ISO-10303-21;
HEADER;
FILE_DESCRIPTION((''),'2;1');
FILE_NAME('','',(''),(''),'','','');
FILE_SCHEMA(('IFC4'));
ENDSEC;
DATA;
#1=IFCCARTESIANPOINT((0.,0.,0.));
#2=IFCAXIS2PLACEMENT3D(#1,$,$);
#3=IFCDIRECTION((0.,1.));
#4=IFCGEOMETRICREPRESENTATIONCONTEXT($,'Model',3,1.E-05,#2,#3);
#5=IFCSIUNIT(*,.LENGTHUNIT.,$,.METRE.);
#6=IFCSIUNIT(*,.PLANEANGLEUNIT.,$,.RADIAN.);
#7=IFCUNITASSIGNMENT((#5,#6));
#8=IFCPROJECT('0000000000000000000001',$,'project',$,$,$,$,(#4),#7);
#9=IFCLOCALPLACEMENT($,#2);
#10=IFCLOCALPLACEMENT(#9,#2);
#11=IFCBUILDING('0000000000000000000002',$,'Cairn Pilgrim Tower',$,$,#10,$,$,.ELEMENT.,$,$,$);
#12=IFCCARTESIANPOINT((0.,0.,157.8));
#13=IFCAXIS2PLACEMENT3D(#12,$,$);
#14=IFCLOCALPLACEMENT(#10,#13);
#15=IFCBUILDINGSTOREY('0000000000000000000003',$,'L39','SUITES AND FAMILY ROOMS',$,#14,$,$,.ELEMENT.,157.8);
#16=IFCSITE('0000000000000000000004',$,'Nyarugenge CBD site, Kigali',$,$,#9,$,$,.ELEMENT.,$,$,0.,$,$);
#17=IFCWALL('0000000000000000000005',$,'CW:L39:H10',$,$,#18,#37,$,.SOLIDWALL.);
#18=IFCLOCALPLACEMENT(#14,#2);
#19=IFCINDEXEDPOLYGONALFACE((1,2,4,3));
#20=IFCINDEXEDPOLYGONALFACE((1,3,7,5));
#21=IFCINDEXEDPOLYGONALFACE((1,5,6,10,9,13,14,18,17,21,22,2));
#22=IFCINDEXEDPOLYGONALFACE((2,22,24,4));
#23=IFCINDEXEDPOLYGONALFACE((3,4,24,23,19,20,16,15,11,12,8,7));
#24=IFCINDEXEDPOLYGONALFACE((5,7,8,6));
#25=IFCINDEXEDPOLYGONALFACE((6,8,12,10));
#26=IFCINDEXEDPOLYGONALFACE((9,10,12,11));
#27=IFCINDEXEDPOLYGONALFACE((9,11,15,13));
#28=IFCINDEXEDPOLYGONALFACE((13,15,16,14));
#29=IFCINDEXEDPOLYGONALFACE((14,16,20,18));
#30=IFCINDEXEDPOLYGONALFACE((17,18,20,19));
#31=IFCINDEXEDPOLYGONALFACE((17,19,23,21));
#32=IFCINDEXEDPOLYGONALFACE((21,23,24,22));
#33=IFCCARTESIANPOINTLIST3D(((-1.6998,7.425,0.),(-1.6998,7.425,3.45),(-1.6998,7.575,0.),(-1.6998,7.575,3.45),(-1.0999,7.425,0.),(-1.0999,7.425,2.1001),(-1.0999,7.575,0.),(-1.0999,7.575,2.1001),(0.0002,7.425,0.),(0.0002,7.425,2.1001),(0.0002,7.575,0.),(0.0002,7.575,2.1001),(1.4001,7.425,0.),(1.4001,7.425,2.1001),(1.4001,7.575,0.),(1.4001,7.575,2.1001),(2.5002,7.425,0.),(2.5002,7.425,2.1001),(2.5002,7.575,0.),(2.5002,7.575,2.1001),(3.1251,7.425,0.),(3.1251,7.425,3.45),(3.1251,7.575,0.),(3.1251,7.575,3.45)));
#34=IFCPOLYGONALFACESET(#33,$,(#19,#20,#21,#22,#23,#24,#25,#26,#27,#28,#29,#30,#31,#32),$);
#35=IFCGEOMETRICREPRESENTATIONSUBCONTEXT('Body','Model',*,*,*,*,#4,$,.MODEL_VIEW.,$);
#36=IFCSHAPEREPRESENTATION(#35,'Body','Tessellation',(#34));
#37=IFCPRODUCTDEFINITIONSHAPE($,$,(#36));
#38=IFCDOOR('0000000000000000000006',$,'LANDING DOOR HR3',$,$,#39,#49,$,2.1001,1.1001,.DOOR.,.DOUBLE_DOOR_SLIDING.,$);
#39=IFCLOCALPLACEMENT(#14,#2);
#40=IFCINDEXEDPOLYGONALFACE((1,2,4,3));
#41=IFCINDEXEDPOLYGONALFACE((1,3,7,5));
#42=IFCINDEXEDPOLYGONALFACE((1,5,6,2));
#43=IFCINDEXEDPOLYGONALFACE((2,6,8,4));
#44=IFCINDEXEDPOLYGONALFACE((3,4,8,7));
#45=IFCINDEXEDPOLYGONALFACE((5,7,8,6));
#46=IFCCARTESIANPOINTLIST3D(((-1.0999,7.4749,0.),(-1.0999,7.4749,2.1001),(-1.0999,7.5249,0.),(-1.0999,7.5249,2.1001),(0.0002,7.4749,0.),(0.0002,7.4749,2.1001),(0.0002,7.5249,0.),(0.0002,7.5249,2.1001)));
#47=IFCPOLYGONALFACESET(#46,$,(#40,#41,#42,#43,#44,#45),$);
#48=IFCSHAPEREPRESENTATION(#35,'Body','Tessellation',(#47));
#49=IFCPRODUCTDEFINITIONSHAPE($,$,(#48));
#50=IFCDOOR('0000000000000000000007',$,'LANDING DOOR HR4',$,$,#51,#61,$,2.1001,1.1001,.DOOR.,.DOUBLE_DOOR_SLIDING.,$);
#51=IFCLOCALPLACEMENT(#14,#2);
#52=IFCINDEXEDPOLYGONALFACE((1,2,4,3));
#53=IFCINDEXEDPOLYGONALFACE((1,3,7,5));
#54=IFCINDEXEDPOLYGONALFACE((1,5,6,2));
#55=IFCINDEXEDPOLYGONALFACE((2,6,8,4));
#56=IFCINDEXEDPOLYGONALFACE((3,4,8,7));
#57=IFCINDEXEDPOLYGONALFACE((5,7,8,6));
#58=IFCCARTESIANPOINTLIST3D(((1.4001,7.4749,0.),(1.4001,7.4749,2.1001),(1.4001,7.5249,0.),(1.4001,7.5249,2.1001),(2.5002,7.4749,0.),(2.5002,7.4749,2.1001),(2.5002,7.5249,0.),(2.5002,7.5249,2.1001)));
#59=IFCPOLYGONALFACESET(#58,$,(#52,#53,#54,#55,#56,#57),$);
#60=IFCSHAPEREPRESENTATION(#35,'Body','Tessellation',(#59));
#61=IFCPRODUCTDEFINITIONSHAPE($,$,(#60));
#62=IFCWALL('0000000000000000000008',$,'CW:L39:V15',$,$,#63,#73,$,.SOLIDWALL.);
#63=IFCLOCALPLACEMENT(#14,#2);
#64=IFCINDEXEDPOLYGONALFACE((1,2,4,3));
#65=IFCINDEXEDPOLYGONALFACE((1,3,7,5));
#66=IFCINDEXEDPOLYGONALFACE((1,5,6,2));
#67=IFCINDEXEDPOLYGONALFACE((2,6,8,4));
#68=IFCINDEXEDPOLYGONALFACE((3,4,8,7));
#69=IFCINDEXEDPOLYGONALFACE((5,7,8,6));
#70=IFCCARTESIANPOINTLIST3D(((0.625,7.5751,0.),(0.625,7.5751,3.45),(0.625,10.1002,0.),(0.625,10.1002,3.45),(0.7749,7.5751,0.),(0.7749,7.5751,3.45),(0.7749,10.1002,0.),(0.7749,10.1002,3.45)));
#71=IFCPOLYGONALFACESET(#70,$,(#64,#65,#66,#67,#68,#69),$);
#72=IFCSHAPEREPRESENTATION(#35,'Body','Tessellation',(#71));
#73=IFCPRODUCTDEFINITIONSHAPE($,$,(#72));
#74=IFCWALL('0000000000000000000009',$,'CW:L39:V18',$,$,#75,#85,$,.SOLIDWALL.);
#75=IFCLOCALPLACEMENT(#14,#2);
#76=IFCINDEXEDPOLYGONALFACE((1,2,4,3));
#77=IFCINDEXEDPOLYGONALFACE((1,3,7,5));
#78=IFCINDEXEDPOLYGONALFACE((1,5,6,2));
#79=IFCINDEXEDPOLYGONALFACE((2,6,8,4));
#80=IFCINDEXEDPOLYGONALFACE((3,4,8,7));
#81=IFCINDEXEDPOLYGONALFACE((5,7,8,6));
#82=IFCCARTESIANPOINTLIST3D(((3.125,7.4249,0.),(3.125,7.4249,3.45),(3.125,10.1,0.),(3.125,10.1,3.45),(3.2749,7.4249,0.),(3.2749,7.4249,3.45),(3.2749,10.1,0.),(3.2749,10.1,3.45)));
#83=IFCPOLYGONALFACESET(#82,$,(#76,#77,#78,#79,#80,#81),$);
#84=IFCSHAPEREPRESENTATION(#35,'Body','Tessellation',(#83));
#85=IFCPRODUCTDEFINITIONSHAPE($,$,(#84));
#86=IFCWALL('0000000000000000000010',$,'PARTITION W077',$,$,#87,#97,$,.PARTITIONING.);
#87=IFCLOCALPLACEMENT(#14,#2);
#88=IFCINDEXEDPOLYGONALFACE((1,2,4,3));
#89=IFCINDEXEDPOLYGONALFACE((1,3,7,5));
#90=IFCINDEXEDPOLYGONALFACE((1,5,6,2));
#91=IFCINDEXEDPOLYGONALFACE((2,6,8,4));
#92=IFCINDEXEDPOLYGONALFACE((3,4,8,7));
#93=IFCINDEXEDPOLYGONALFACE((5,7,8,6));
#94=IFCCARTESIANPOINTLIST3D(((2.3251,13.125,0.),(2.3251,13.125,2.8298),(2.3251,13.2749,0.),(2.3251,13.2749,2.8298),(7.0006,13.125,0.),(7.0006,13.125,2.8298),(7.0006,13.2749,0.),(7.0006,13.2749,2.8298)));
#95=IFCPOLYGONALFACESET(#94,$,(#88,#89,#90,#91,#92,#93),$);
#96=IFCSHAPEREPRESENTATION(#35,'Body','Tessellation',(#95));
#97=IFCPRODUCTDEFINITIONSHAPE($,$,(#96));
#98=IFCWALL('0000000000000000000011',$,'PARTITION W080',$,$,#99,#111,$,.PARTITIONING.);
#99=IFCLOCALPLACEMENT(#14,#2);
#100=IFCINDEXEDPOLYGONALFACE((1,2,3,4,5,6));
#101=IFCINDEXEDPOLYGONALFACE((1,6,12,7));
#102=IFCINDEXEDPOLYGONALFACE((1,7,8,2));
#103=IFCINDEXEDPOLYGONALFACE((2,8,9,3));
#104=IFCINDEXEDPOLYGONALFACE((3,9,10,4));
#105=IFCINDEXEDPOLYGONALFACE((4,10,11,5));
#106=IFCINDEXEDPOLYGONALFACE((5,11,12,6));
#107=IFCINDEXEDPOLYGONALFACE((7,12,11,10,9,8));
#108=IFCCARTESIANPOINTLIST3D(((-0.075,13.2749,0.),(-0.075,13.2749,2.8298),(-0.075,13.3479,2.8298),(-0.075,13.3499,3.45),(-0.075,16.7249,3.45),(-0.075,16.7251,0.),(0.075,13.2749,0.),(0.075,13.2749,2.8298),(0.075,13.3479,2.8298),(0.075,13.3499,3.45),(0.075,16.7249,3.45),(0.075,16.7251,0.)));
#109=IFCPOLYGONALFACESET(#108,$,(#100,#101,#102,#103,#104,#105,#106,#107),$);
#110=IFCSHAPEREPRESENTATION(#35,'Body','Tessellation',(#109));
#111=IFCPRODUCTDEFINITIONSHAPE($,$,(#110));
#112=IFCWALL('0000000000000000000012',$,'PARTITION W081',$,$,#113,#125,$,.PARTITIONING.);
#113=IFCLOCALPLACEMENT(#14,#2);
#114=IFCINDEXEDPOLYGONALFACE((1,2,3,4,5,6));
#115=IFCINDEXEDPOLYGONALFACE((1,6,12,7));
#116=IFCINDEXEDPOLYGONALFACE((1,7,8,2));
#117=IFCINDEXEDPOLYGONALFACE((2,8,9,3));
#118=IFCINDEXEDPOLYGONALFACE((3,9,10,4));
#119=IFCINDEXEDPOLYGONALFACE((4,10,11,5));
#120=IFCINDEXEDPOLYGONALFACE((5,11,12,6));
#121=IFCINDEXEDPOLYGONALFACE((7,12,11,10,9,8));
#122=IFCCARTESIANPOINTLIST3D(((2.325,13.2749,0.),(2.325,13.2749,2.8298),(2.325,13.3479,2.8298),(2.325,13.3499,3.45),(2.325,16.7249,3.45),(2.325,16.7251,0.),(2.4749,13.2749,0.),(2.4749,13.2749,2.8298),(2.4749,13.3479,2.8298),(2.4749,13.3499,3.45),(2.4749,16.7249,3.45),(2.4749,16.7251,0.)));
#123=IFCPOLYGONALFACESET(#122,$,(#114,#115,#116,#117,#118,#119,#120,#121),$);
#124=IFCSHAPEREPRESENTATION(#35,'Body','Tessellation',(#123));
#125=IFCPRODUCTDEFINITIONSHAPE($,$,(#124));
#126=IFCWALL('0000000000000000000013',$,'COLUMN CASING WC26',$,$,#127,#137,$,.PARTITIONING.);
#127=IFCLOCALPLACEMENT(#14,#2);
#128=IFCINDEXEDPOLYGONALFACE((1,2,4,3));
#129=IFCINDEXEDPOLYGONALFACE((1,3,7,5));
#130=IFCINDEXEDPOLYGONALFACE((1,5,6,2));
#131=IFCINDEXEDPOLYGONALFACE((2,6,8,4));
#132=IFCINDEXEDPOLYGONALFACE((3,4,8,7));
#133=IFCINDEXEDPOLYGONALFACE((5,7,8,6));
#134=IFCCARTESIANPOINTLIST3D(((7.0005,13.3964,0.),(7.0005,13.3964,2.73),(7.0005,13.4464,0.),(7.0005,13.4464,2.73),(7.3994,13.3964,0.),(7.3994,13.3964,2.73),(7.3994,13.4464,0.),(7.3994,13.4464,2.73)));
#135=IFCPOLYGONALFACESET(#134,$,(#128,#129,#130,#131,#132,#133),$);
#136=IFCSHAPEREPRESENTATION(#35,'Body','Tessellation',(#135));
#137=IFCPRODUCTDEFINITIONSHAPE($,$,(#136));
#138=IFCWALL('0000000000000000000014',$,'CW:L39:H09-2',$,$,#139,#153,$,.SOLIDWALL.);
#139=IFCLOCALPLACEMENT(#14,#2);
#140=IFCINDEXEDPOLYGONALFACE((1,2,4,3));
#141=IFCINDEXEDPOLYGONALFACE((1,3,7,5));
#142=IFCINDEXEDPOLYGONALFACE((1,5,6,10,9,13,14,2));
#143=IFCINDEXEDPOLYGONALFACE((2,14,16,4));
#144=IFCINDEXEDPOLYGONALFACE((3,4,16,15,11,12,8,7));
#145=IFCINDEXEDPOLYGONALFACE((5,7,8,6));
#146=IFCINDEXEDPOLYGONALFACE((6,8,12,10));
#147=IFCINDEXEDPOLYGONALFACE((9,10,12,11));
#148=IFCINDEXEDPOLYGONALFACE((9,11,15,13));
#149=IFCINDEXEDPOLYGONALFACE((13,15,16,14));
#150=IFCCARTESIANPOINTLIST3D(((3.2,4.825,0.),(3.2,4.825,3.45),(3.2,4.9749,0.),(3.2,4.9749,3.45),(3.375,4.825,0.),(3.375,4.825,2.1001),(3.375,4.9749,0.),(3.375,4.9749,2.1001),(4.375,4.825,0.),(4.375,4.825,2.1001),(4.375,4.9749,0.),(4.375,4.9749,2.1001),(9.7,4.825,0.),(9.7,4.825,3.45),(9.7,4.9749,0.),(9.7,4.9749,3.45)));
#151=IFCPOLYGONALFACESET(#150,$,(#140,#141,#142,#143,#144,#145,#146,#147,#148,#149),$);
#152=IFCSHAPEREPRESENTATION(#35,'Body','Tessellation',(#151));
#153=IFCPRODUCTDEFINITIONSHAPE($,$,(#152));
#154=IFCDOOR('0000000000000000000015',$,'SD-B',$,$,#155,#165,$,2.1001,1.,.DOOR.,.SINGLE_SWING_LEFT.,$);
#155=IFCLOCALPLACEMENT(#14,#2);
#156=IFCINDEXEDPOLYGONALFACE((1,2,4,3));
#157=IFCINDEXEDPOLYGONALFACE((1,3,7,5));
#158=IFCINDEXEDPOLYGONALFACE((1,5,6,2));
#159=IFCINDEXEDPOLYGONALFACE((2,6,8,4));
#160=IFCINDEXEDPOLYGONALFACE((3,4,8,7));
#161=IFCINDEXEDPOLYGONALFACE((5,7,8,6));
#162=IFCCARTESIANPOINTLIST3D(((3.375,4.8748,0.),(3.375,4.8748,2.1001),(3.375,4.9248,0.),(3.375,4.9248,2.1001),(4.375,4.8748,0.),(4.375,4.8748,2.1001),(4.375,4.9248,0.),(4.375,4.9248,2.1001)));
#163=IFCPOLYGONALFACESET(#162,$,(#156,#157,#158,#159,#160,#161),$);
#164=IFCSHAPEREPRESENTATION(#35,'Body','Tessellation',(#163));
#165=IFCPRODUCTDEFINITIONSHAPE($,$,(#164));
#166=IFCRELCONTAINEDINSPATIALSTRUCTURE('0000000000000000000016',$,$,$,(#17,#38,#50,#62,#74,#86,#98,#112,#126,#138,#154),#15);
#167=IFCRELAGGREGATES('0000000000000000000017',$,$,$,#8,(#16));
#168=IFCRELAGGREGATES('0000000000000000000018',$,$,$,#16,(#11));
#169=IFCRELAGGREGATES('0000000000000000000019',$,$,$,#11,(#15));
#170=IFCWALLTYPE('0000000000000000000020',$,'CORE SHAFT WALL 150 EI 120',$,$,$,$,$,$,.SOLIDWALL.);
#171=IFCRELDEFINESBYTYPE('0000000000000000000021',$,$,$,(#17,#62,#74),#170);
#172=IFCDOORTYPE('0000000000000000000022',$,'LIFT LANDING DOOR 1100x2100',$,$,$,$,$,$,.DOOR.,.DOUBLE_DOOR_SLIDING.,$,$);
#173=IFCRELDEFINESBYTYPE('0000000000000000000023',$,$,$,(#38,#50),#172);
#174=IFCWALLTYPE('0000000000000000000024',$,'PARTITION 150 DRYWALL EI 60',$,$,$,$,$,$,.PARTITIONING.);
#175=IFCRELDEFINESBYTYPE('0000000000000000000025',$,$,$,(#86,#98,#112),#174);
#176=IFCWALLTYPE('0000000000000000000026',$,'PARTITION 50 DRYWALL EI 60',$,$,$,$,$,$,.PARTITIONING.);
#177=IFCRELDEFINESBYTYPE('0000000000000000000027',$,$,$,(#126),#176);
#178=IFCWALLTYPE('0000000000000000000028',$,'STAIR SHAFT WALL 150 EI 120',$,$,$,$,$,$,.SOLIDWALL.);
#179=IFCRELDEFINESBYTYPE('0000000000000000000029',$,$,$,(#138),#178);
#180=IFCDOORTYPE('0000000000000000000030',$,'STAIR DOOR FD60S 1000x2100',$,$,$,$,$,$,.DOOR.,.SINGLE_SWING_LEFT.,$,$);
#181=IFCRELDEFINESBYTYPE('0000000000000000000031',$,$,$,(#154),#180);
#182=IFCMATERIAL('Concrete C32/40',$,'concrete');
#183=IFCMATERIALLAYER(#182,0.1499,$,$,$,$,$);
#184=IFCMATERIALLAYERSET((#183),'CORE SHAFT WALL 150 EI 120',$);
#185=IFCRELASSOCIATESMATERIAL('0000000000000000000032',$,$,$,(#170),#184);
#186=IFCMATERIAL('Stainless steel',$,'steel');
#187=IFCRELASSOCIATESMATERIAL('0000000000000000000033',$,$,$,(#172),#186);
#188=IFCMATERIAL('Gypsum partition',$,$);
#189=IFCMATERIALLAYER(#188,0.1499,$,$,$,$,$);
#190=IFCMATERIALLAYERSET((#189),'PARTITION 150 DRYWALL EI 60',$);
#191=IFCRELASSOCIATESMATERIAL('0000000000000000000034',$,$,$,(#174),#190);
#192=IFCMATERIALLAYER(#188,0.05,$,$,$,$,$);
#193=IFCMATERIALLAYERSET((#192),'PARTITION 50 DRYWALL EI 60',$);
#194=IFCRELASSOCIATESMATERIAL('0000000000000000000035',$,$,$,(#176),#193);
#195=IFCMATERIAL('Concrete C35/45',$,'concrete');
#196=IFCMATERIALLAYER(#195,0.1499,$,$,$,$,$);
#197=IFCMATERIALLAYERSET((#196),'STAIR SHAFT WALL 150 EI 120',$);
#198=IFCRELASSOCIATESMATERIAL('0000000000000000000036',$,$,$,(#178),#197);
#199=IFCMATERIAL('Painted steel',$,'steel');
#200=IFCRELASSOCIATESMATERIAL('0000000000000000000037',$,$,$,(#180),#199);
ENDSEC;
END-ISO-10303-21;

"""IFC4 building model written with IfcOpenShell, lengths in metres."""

from ifc_helpers import new_model, si_unit, direction, frame, frame_2d, origin, place, context, subcontext, project, spatial, polyline, rectangle, outline, extrude, material, layer, layer_set, type_object, element, fill, save


model = new_model("IFC4")

# Units and contexts
model_context = context("Model", 3, precision=1e-05, world=origin(), true_north=direction((0.0, 1.0)))
body_context = subcontext(model_context, "Body", "Model", "MODEL_VIEW")
ifc_project = project(units=[si_unit("LENGTHUNIT", "METRE"), si_unit("PLANEANGLEUNIT", "RADIAN")], contexts=[model_context])

# Site, building, storey
site_placement = place(None, origin())
site = spatial("IfcSite", under=ifc_project, at=site_placement, Name="Nyarugenge CBD site, Kigali", CompositionType="ELEMENT", RefElevation=0.0)
building_placement = place(site_placement, origin())
building = spatial("IfcBuilding", under=site, at=building_placement, Name="Cairn Pilgrim Tower", CompositionType="ELEMENT")
storey_placement = place(building_placement, frame((0.0, 0.0, 157.8)))
storey = spatial("IfcBuildingStorey", under=building, at=storey_placement, Name="L39", Description="SUITES AND FAMILY ROOMS", CompositionType="ELEMENT", Elevation=157.8)

# Shared definitions
ifc_material_1 = material(Name="Concrete C32/40", Category="concrete")

# Wall, openings, doors
ifc_layer_1 = layer(ifc_material_1, 0.1499)
ifc_layer_set_1 = layer_set([ifc_layer_1], Name="CORE SHAFT WALL 150 EI 120")
wall_type_1 = type_object("IfcWallType", Name="CORE SHAFT WALL 150 EI 120", PredefinedType="SOLIDWALL", material=ifc_layer_set_1)
ifc_material_2 = material(Name="Stainless steel", Category="steel")
door_type_1 = type_object("IfcDoorType", Name="LIFT LANDING DOOR 1100x2100", OperationType="DOUBLE_DOOR_SLIDING", PredefinedType="DOOR", material=ifc_material_2)
wall_1_placement = place(storey_placement, frame((-1.7, 7.5, 0.0), z_axis=(0.0, 0.0, 1.0), x_axis=(1.0, 0.0, 0.0)))
wall_1 = element("IfcWall", 1, at=wall_1_placement, inside=storey, type_object=wall_type_1, Name="CW:L39:H10", PredefinedType="SOLIDWALL", context=body_context, shape_type="SweptSolid", body=[
    extrude(rectangle(XDim=4.825, YDim=0.1499, at=frame_2d((2.4126, 0.0))), origin(), (0.0, 0.0, 1.0), 3.45),
])
opening_1_placement = place(wall_1_placement, frame((0.6001, 0.0, 0.0)))
opening_1 = element("IfcOpeningElement", 2, at=opening_1_placement, cuts=wall_1, PredefinedType="OPENING", context=body_context, shape_type="SweptSolid", body=[
    extrude(rectangle(XDim=1.1001, YDim=2.1001, at=frame_2d((0.55, 1.05))), frame((0.0, 0.085, 0.0), z_axis=(0.0, -1.0, 0.0), x_axis=(1.0, 0.0, 0.0)), (0.0, 0.0, 1.0), 0.1699),
])
opening_2_placement = place(wall_1_placement, frame((3.1001, 0.0, 0.0)))
opening_2 = element("IfcOpeningElement", 3, at=opening_2_placement, cuts=wall_1, PredefinedType="OPENING", context=body_context, shape_type="SweptSolid", body=[
    extrude(rectangle(XDim=1.1001, YDim=2.1001, at=frame_2d((0.55, 1.05))), frame((0.0, 0.085, 0.0), z_axis=(0.0, -1.0, 0.0), x_axis=(1.0, 0.0, 0.0)), (0.0, 0.0, 1.0), 0.1699),
])
door_1_placement = place(opening_1_placement, origin())
door_1 = element("IfcDoor", 4, at=door_1_placement, inside=storey, type_object=door_type_1, Name="LANDING DOOR HR3", OperationType="DOUBLE_DOOR_SLIDING", OverallHeight=2.1001, OverallWidth=1.1001, PredefinedType="DOOR", context=body_context, shape_type="SweptSolid", body=[
    extrude(rectangle(XDim=1.1001, YDim=2.1001, at=frame_2d((0.55, 1.05))), frame((0.0, 0.0249, 0.0), z_axis=(0.0, -1.0, 0.0), x_axis=(1.0, 0.0, 0.0)), (0.0, 0.0, 1.0), 0.05),
])
fill(opening_1, door_1)
door_2_placement = place(opening_2_placement, origin())
door_2 = element("IfcDoor", 5, at=door_2_placement, inside=storey, type_object=door_type_1, Name="LANDING DOOR HR4", OperationType="DOUBLE_DOOR_SLIDING", OverallHeight=2.1001, OverallWidth=1.1001, PredefinedType="DOOR", context=body_context, shape_type="SweptSolid", body=[
    extrude(rectangle(XDim=1.1001, YDim=2.1001, at=frame_2d((0.55, 1.05))), frame((0.0, 0.0249, 0.0), z_axis=(0.0, -1.0, 0.0), x_axis=(1.0, 0.0, 0.0)), (0.0, 0.0, 1.0), 0.05),
])
fill(opening_2, door_2)

# Walls
wall_2_placement = place(storey_placement, frame((0.7, 7.575, 0.0), z_axis=(0.0, 0.0, 1.0), x_axis=(0.0, 1.0, 0.0)))
element("IfcWall", 6, at=wall_2_placement, inside=storey, type_object=wall_type_1, Name="CW:L39:V15", PredefinedType="SOLIDWALL", context=body_context, shape_type="SweptSolid", body=[
    extrude(rectangle(XDim=2.5251, YDim=0.1499, at=frame_2d((1.2627, 0.0))), origin(), (0.0, 0.0, 1.0), 3.45),
])
wall_3_placement = place(storey_placement, frame((3.2, 7.425, 0.0), z_axis=(0.0, 0.0, 1.0), x_axis=(0.0, 1.0, 0.0)))
element("IfcWall", 7, at=wall_3_placement, inside=storey, type_object=wall_type_1, Name="CW:L39:V18", PredefinedType="SOLIDWALL", context=body_context, shape_type="SweptSolid", body=[
    extrude(rectangle(XDim=2.675, YDim=0.1499, at=frame_2d((1.3374, 0.0))), origin(), (0.0, 0.0, 1.0), 3.45),
])
ifc_material_3 = material(Name="Gypsum partition")
ifc_layer_2 = layer(ifc_material_3, 0.1499)
ifc_layer_set_2 = layer_set([ifc_layer_2], Name="PARTITION 150 DRYWALL EI 60")
wall_type_2 = type_object("IfcWallType", Name="PARTITION 150 DRYWALL EI 60", PredefinedType="PARTITIONING", material=ifc_layer_set_2)
wall_4_placement = place(storey_placement, frame((2.325, 13.2, 0.0), z_axis=(0.0, 0.0, 1.0), x_axis=(1.0, 0.0, 0.0)))
element("IfcWall", 8, at=wall_4_placement, inside=storey, type_object=wall_type_2, Name="PARTITION W077", PredefinedType="PARTITIONING", context=body_context, shape_type="SweptSolid", body=[
    extrude(rectangle(XDim=4.6755, YDim=0.1499, at=frame_2d((2.3379, 0.0))), origin(), (0.0, 0.0, 1.0), 2.8298),
])
for number, where, z_axis, x_axis, name in (
    (9, (0.0, 13.2749, 0.0), (0.0, 0.0, 1.0), (0.0, 1.0, 0.0), "PARTITION W080"),
    (10, (2.3999, 13.2749, 0.0), (0.0, 0.0, 1.0), (0.0, 1.0, 0.0), "PARTITION W081"),
):
    element("IfcWall", number, at=place(storey_placement, frame(where, z_axis=z_axis, x_axis=x_axis)), inside=storey, type_object=wall_type_2, Name=name, PredefinedType="PARTITIONING", context=body_context, shape_type="SweptSolid", body=[
        extrude(outline(polyline([(0.0, 0.0), (3.4502, 0.0), (3.45, 3.45), (0.075, 3.45), (0.073, 2.8298), (0.0, 2.8298), (0.0, 0.0)])), frame((0.0, 0.075, 0.0), z_axis=(0.0, -1.0, 0.0), x_axis=(1.0, 0.0, 0.0)), (0.0, 0.0, 1.0), 0.1499),
    ])
ifc_layer_3 = layer(ifc_material_3, 0.05)
ifc_layer_set_3 = layer_set([ifc_layer_3], Name="PARTITION 50 DRYWALL EI 60")
wall_type_3 = type_object("IfcWallType", Name="PARTITION 50 DRYWALL EI 60", PredefinedType="PARTITIONING", material=ifc_layer_set_3)
wall_5_placement = place(storey_placement, frame((7.0005, 13.4214, 0.0), z_axis=(0.0, 0.0, 1.0), x_axis=(1.0, 0.0, 0.0)))
element("IfcWall", 11, at=wall_5_placement, inside=storey, type_object=wall_type_3, Name="COLUMN CASING WC26", PredefinedType="PARTITIONING", context=body_context, shape_type="SweptSolid", body=[
    extrude(rectangle(XDim=0.3989, YDim=0.05, at=frame_2d((0.1995, 0.0))), origin(), (0.0, 0.0, 1.0), 2.73),
])

# Wall, opening, door
ifc_material_4 = material(Name="Concrete C35/45", Category="concrete")
ifc_layer_4 = layer(ifc_material_4, 0.1499)
ifc_layer_set_4 = layer_set([ifc_layer_4], Name="STAIR SHAFT WALL 150 EI 120")
wall_type_4 = type_object("IfcWallType", Name="STAIR SHAFT WALL 150 EI 120", PredefinedType="SOLIDWALL", material=ifc_layer_set_4)
wall_6_placement = place(storey_placement, frame((3.2, 4.8999, 0.0), z_axis=(0.0, 0.0, 1.0), x_axis=(1.0, 0.0, 0.0)))
wall_6 = element("IfcWall", 12, at=wall_6_placement, inside=storey, type_object=wall_type_4, Name="CW:L39:H09-2", PredefinedType="SOLIDWALL", context=body_context, shape_type="SweptSolid", body=[
    extrude(rectangle(XDim=6.5, YDim=0.1499, at=frame_2d((3.25, 0.0))), origin(), (0.0, 0.0, 1.0), 3.45),
])
opening_3_placement = place(wall_6_placement, frame((0.175, 0.0, 0.0)))
opening_3 = element("IfcOpeningElement", 13, at=opening_3_placement, cuts=wall_6, PredefinedType="OPENING", context=body_context, shape_type="SweptSolid", body=[
    extrude(rectangle(XDim=1.0, YDim=2.1001, at=frame_2d((0.5, 1.05))), frame((0.0, 0.085, 0.0), z_axis=(0.0, -1.0, 0.0), x_axis=(1.0, 0.0, 0.0)), (0.0, 0.0, 1.0), 0.1699),
])
ifc_material_5 = material(Name="Painted steel", Category="steel")
door_type_2 = type_object("IfcDoorType", Name="STAIR DOOR FD60S 1000x2100", OperationType="SINGLE_SWING_LEFT", PredefinedType="DOOR", material=ifc_material_5)
door_3_placement = place(opening_3_placement, origin())
door_3 = element("IfcDoor", 14, at=door_3_placement, inside=storey, type_object=door_type_2, Name="SD-B", OperationType="SINGLE_SWING_LEFT", OverallHeight=2.1001, OverallWidth=1.0, PredefinedType="DOOR", context=body_context, shape_type="SweptSolid", body=[
    extrude(rectangle(XDim=1.0, YDim=2.1001, at=frame_2d((0.5, 1.05))), frame((0.0, 0.0249, 0.0), z_axis=(0.0, -1.0, 0.0), x_axis=(1.0, 0.0, 0.0)), (0.0, 0.0, 1.0), 0.05),
])
fill(opening_3, door_3)

save(model, "model.ifc")
